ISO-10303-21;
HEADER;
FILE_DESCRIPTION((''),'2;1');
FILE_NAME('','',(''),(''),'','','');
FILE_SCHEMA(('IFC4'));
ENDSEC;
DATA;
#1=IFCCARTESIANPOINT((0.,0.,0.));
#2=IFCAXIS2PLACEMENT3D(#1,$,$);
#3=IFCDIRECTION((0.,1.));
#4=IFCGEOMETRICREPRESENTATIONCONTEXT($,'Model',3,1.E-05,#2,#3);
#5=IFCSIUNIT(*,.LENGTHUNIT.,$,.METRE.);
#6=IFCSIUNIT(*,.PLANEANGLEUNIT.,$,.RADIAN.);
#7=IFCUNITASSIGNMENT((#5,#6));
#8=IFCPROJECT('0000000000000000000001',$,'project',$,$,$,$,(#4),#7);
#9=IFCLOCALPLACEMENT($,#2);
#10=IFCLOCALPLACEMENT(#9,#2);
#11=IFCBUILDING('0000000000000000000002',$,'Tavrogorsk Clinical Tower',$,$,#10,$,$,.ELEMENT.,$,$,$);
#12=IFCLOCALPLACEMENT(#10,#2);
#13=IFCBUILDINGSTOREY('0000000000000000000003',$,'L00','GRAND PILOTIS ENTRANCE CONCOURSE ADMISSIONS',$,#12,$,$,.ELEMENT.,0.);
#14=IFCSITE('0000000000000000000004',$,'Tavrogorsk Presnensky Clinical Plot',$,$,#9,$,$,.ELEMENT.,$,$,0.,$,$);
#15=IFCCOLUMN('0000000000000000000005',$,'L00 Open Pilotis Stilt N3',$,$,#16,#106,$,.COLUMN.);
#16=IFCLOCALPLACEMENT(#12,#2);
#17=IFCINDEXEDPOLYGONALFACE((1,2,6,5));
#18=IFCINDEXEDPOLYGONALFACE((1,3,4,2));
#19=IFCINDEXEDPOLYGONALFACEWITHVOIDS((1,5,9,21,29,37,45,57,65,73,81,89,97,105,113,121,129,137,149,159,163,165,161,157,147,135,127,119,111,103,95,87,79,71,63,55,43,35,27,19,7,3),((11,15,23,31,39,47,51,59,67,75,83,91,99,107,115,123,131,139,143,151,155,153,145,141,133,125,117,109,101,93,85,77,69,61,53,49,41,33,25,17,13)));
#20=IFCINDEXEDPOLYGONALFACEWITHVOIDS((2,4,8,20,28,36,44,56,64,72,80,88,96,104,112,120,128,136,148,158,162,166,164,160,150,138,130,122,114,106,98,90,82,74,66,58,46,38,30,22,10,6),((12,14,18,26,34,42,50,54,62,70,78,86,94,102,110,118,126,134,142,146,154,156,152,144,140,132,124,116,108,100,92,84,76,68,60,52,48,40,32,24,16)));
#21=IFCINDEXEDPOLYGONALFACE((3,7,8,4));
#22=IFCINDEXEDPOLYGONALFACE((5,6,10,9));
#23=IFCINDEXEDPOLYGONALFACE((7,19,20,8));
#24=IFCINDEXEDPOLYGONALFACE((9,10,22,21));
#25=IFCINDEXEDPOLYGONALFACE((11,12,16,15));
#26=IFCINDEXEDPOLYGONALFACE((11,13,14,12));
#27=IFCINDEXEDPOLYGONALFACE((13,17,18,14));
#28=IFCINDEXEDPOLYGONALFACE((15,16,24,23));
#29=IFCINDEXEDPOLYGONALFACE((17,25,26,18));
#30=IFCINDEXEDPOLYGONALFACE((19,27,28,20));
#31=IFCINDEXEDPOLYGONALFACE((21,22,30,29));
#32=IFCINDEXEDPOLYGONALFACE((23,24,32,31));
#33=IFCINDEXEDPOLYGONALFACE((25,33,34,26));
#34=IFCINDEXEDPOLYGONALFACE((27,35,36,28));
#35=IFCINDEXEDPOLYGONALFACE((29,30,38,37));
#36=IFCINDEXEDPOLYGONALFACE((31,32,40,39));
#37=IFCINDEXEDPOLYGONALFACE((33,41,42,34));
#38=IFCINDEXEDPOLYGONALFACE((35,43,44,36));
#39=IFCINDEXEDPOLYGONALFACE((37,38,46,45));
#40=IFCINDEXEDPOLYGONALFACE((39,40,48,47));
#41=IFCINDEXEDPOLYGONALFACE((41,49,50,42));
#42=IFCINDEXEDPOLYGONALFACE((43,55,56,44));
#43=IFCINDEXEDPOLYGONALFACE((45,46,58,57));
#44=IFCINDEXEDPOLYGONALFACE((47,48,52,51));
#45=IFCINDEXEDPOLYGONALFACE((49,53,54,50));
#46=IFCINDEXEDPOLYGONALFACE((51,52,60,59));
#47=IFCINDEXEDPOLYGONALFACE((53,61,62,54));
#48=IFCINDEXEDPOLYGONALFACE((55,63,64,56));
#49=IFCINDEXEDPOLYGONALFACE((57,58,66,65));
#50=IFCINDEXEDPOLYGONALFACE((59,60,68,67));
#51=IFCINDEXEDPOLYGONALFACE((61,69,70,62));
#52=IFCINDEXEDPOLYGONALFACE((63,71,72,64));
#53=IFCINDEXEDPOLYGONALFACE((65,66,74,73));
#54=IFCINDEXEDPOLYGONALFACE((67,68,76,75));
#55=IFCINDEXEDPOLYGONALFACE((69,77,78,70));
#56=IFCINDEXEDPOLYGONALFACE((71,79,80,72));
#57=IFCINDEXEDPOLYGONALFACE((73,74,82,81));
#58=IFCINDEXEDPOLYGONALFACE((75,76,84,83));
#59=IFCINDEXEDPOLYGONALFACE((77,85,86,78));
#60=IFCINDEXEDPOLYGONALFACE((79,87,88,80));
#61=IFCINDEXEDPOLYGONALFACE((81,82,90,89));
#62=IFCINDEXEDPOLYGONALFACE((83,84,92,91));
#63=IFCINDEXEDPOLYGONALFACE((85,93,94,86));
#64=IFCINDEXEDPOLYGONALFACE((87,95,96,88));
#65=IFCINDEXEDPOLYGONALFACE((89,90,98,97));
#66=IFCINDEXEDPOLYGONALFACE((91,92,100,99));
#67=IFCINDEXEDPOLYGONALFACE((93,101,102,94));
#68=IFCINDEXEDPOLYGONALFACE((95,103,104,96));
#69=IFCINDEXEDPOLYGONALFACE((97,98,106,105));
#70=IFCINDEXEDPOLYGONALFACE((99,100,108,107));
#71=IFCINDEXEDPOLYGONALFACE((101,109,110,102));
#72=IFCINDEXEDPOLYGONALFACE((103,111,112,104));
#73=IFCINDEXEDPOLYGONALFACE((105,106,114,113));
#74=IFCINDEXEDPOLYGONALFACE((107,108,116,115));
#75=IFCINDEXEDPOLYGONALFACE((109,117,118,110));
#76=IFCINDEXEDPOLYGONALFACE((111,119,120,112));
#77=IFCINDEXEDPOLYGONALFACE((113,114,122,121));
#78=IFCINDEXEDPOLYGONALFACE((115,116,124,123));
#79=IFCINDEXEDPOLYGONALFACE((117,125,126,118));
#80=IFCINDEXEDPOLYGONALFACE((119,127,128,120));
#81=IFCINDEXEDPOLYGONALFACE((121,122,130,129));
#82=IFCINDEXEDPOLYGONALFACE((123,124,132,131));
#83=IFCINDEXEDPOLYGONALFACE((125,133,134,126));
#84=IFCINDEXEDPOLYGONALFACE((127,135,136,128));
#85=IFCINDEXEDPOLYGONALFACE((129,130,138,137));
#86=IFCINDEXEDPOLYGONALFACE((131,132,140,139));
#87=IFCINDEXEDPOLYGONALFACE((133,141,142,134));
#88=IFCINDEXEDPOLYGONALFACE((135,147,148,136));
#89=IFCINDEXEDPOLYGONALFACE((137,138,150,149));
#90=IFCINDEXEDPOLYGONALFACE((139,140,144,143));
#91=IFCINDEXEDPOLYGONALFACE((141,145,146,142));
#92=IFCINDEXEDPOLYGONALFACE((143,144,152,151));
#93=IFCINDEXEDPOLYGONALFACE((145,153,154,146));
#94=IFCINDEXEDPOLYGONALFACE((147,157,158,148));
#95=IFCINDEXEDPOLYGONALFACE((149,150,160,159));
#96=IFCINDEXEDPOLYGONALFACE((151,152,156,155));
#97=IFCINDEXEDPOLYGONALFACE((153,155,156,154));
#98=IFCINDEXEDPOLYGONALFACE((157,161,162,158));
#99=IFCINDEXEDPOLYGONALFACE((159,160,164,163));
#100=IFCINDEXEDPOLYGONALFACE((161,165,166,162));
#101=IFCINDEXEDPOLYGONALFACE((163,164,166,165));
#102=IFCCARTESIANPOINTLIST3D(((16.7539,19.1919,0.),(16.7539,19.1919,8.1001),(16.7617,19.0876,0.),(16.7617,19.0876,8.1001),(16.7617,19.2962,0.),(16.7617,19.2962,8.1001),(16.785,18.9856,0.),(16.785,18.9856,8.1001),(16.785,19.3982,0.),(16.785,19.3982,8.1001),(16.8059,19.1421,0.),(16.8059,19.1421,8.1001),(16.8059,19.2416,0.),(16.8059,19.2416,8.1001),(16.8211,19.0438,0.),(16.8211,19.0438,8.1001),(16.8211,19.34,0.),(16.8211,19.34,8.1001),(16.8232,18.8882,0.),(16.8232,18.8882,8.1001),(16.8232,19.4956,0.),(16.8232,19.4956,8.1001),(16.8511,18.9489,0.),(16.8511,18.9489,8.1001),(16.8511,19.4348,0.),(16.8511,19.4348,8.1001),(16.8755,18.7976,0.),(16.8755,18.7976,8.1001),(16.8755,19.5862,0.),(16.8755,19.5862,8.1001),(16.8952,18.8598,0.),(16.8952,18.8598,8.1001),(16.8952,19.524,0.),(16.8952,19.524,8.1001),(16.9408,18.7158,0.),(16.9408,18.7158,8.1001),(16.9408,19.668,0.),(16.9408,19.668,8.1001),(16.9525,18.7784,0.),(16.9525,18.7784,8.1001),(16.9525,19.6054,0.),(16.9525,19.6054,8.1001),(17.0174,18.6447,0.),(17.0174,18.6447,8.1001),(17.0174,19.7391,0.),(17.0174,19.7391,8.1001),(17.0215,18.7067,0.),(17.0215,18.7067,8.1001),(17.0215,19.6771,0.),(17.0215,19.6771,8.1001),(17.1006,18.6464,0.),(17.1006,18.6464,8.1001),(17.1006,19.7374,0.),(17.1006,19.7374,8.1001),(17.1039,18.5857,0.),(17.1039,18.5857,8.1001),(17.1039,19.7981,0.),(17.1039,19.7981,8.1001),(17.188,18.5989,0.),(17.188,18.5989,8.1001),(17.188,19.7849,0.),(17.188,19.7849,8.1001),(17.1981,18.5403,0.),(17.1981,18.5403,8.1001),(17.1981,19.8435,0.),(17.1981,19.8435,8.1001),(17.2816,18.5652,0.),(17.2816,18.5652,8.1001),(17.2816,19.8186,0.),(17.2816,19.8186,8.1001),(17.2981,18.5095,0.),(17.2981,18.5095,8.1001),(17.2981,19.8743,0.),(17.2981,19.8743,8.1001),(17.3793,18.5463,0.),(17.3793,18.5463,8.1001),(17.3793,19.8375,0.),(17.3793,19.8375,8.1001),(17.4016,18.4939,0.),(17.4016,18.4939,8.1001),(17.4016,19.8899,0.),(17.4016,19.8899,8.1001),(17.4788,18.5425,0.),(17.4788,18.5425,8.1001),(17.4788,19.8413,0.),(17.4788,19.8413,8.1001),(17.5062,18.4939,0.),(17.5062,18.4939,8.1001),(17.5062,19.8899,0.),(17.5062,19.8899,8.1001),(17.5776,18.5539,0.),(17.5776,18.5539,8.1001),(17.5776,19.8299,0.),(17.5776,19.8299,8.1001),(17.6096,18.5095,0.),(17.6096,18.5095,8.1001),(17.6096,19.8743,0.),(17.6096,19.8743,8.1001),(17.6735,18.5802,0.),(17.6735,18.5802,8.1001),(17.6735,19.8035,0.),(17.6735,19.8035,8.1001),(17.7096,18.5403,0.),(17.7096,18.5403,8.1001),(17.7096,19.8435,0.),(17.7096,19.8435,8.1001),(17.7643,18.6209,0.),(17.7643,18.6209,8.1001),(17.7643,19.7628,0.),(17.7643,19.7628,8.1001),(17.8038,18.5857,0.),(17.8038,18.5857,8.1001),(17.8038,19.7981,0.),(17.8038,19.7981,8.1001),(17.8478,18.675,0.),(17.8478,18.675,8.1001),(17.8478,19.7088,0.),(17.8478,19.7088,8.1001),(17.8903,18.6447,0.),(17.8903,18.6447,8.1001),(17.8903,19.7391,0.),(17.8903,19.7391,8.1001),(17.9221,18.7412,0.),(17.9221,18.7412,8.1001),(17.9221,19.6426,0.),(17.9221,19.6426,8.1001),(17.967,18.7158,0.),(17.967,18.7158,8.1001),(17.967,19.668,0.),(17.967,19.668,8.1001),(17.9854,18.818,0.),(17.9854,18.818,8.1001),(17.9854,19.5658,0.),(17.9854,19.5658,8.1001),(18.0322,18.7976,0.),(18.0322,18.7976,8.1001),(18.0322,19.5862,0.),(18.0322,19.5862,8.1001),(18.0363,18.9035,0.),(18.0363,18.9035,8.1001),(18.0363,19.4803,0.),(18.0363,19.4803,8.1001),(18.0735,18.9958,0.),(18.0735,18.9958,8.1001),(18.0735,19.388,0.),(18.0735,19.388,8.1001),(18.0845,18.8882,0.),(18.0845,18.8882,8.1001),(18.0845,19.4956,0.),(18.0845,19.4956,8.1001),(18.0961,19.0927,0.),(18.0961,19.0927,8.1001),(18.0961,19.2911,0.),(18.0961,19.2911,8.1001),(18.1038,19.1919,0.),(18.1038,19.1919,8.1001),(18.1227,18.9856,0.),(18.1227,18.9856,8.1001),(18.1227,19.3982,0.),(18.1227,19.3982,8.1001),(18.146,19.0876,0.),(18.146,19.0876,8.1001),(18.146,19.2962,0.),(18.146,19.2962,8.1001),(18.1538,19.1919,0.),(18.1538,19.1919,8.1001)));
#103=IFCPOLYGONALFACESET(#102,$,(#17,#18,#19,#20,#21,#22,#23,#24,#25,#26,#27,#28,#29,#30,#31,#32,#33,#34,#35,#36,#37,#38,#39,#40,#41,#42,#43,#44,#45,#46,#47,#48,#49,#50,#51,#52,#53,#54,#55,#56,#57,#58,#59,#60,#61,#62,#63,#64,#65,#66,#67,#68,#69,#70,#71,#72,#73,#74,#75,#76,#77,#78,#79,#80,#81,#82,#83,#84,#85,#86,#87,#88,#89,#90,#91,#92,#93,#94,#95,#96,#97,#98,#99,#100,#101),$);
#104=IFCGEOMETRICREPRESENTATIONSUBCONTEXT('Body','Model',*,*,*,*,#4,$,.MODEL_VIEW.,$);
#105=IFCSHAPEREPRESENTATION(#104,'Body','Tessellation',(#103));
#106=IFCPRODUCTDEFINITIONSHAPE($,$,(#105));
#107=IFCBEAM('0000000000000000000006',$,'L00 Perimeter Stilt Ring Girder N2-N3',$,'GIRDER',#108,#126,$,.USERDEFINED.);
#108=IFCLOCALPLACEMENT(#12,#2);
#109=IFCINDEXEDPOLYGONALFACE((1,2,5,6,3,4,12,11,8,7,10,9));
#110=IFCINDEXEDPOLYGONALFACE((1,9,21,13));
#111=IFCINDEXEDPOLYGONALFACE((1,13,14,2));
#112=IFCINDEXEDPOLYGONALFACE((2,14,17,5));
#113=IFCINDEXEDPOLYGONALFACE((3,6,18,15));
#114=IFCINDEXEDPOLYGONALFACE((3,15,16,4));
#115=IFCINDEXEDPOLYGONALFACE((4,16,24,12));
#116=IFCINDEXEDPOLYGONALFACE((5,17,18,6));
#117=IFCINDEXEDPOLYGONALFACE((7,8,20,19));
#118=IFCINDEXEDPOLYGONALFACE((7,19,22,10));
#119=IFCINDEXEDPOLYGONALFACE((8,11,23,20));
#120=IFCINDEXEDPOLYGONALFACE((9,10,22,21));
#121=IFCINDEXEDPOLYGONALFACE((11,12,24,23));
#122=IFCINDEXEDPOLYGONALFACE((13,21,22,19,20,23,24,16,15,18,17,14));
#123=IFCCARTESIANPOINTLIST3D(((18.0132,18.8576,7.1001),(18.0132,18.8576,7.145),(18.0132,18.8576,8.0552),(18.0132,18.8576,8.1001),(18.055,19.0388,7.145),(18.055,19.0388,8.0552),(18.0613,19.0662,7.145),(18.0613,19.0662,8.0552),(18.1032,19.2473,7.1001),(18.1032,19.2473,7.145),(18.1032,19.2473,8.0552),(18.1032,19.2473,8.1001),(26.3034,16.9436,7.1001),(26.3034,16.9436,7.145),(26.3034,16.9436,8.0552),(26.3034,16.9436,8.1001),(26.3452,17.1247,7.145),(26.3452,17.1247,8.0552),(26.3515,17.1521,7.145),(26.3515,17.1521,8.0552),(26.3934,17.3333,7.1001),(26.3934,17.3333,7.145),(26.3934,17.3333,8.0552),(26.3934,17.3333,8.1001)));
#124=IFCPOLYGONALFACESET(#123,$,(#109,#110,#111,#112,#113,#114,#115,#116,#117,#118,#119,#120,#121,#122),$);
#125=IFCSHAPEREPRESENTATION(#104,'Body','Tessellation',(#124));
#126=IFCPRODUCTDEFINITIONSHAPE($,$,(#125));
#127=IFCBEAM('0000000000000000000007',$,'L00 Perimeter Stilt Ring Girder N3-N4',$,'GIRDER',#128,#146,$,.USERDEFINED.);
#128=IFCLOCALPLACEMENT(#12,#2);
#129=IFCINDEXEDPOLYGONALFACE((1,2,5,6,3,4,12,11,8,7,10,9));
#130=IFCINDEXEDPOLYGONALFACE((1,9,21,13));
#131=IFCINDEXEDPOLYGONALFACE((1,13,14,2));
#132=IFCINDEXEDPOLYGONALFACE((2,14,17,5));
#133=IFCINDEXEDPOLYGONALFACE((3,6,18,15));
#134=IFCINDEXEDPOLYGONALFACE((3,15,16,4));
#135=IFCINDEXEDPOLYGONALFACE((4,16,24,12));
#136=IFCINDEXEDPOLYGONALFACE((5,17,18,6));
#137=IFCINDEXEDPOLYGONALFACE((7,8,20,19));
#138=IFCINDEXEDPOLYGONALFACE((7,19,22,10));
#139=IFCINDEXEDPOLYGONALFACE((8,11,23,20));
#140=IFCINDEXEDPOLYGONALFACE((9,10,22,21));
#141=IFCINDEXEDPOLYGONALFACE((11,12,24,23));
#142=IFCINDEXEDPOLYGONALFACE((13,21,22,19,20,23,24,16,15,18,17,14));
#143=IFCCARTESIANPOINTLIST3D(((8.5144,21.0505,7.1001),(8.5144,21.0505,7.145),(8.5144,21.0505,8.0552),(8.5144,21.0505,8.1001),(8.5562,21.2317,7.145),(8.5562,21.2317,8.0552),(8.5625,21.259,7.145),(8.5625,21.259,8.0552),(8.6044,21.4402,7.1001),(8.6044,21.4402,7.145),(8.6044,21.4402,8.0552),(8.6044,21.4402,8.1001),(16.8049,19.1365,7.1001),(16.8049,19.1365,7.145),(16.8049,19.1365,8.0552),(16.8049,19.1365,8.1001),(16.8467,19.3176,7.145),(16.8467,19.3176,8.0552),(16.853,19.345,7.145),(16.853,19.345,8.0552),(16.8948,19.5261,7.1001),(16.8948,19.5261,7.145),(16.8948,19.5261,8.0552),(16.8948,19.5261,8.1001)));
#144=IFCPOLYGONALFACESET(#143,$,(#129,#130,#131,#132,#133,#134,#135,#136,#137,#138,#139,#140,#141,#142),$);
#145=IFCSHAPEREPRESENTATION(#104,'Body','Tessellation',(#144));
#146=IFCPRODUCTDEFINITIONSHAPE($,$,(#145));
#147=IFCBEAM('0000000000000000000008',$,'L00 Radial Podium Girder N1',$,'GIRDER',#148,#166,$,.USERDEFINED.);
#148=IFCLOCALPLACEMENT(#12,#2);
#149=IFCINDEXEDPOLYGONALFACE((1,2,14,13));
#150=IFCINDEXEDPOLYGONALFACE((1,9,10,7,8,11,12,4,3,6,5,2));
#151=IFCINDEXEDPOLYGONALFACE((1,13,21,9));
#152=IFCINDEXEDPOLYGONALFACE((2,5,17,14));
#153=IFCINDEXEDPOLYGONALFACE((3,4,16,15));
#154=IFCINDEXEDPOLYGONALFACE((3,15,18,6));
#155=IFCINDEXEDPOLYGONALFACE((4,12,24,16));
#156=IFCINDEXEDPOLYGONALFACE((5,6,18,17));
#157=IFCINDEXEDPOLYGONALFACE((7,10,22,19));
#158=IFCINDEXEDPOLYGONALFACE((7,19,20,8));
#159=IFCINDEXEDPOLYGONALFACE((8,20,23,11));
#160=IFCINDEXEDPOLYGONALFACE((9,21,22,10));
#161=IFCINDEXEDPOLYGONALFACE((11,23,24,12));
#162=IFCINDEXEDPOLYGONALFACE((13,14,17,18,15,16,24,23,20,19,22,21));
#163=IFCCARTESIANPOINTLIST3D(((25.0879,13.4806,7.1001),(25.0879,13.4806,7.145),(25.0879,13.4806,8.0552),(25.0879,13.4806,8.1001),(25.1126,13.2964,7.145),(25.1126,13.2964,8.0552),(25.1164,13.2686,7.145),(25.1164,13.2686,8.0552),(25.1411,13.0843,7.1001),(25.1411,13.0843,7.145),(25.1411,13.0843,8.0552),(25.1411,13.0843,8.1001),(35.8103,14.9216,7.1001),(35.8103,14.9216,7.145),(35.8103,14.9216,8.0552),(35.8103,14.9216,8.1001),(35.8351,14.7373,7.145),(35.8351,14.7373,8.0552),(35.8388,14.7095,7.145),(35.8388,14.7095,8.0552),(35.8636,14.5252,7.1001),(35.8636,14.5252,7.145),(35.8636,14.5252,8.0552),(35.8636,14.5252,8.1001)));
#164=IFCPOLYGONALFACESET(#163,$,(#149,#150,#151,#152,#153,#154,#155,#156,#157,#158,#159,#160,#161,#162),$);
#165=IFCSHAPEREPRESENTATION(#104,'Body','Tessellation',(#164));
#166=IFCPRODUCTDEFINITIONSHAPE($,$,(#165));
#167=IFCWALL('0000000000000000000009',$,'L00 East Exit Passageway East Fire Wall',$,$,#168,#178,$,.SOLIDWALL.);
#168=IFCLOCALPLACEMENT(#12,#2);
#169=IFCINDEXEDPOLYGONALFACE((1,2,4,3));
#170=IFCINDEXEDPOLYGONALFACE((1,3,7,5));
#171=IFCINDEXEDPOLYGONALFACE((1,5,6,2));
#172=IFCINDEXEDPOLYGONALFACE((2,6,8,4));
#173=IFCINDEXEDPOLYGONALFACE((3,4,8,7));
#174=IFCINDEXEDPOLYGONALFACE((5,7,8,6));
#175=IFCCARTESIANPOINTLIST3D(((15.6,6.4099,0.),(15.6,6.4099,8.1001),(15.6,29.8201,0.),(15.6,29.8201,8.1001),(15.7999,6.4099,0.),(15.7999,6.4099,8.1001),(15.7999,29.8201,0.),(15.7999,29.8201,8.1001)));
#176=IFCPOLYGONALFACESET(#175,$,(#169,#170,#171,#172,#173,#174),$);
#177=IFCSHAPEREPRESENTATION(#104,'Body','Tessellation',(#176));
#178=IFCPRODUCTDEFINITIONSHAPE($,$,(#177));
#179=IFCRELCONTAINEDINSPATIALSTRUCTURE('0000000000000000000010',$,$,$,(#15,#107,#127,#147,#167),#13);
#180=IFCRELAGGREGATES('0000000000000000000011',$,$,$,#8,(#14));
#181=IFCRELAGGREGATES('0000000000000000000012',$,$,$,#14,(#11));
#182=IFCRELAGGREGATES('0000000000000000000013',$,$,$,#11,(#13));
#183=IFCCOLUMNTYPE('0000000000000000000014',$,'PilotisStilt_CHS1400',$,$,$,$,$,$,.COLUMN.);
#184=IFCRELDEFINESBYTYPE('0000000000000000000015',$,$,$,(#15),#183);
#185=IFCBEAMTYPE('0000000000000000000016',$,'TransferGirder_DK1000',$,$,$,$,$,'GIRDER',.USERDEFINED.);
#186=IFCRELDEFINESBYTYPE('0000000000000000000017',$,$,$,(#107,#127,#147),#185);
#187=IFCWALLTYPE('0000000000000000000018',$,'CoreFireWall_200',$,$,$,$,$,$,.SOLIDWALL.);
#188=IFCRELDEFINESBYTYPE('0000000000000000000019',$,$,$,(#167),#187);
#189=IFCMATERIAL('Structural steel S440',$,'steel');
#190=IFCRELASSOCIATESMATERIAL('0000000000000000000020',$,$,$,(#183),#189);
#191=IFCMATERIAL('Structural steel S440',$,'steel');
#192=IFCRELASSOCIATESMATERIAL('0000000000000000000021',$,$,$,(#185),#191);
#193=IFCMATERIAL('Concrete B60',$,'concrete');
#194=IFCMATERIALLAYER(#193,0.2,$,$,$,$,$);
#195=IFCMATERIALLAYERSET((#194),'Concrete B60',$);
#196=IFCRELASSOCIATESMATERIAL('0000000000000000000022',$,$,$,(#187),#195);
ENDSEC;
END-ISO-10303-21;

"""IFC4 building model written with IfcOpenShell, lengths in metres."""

from ifc_helpers import new_model, si_unit, direction, frame, frame_2d, origin, origin_2d, place, context, subcontext, project, spatial, rectangle, hollow_circle, i_section, extrude, material, layer, layer_set, material_profile, profile_set, type_object, element, save


model = new_model("IFC4")

# Units and contexts
model_context = context("Model", 3, precision=1e-05, world=origin(), true_north=direction((0.0, 1.0)))
body_context = subcontext(model_context, "Body", "Model", "MODEL_VIEW")
ifc_project = project(units=[si_unit("LENGTHUNIT", "METRE"), si_unit("PLANEANGLEUNIT", "RADIAN")], contexts=[model_context])

# Site, building, storey
site_placement = place(None, origin())
site = spatial("IfcSite", under=ifc_project, at=site_placement, Name="Tavrogorsk Presnensky Clinical Plot", CompositionType="ELEMENT", RefElevation=0.0)
building_placement = place(site_placement, origin())
building = spatial("IfcBuilding", under=site, at=building_placement, Name="Tavrogorsk Clinical Tower", CompositionType="ELEMENT")
storey_placement = place(building_placement, origin())
storey = spatial("IfcBuildingStorey", under=building, at=storey_placement, Name="L00", Description="GRAND PILOTIS ENTRANCE CONCOURSE ADMISSIONS", CompositionType="ELEMENT", Elevation=0.0)

# Column
ifc_material_1 = material(Name="Structural steel S440", Category="steel")
ifc_material_profile_1 = material_profile(ifc_material_1, hollow_circle(Radius=0.7, WallThickness=0.05, at=origin_2d()), Name="CHS-1400x50")
ifc_profile_set_1 = profile_set([ifc_material_profile_1], Name="Structural steel S440")
column_type = type_object("IfcColumnType", Name="PilotisStilt_CHS1400", PredefinedType="COLUMN", material=ifc_profile_set_1)
for number, where, z_axis, x_axis, name in (
    (1, (17.4539, 19.1919, 0.0), (0.0, 0.0, 1.0), (1.0, 0.0, 0.0), "L00 Open Pilotis Stilt N3"),
):
    element("IfcColumn", number, at=place(storey_placement, frame(where, z_axis=z_axis, x_axis=x_axis)), inside=storey, type_object=column_type, Name=name, PredefinedType="COLUMN", context=body_context, shape_type="SweptSolid", body=[
        extrude(hollow_circle(Radius=0.7, WallThickness=0.05, at=origin_2d()), origin(), (0.0, 0.0, 1.0), 8.1001),
    ])

# Beams
ifc_material_2 = material(Name="Structural steel S440", Category="steel")
ifc_material_profile_2 = material_profile(ifc_material_2, i_section(OverallWidth=0.3999, OverallDepth=1.0, WebThickness=0.0281, FlangeThickness=0.0449, at=origin_2d()), Name="DK-1000x400x28x45")
ifc_profile_set_2 = profile_set([ifc_material_profile_2], Name="Structural steel S440")
beam_type = type_object("IfcBeamType", Name="TransferGirder_DK1000", ElementType="GIRDER", PredefinedType="USERDEFINED", material=ifc_profile_set_2)
beam_1_placement = place(storey_placement, frame((26.3484, 17.1384, 7.6001), z_axis=(-0.974367, 0.224962, 0.0), x_axis=(-0.224962, -0.974367, 0.0)))
element("IfcBeam", 2, at=beam_1_placement, inside=storey, type_object=beam_type, Name="L00 Perimeter Stilt Ring Girder N2-N3", ObjectType="GIRDER", PredefinedType="USERDEFINED", context=body_context, shape_type="SweptSolid", body=[
    extrude(i_section(OverallWidth=0.3999, OverallDepth=1.0, WebThickness=0.0281, FlangeThickness=0.0449, at=origin_2d()), origin(), (0.0, 0.0, 1.0), 8.5083),
])
beam_2_placement = place(storey_placement, frame((16.8499, 19.3313, 7.6001), z_axis=(-0.974369, 0.224956, 0.0), x_axis=(-0.224956, -0.974369, 0.0)))
element("IfcBeam", 3, at=beam_2_placement, inside=storey, type_object=beam_type, Name="L00 Perimeter Stilt Ring Girder N3-N4", ObjectType="GIRDER", PredefinedType="USERDEFINED", context=body_context, shape_type="SweptSolid", body=[
    extrude(i_section(OverallWidth=0.3999, OverallDepth=1.0, WebThickness=0.0281, FlangeThickness=0.0449, at=origin_2d()), origin(), (0.0, 0.0, 1.0), 8.5085),
])
beam_3_placement = place(storey_placement, frame((25.1145, 13.2825, 7.6001), z_axis=(0.991091, 0.133187, 0.0), x_axis=(-0.133187, 0.991091, 0.0)))
element("IfcBeam", 4, at=beam_3_placement, inside=storey, type_object=beam_type, Name="L00 Radial Podium Girder N1", ObjectType="GIRDER", PredefinedType="USERDEFINED", context=body_context, shape_type="SweptSolid", body=[
    extrude(i_section(OverallWidth=0.3999, OverallDepth=1.0, WebThickness=0.0281, FlangeThickness=0.0449, at=origin_2d()), origin(), (0.0, 0.0, 1.0), 10.8188),
])

# Wall
ifc_material_3 = material(Name="Concrete B60", Category="concrete")
ifc_layer_1 = layer(ifc_material_3, 0.2)
ifc_layer_set_1 = layer_set([ifc_layer_1], Name="Concrete B60")
wall_type_1 = type_object("IfcWallType", Name="CoreFireWall_200", PredefinedType="SOLIDWALL", material=ifc_layer_set_1)
wall_1_placement = place(storey_placement, frame((15.7, 6.4099, 0.0), z_axis=(0.0, 0.0, 1.0), x_axis=(0.0, 1.0, 0.0)))
element("IfcWall", 5, at=wall_1_placement, inside=storey, type_object=wall_type_1, Name="L00 East Exit Passageway East Fire Wall", PredefinedType="SOLIDWALL", context=body_context, shape_type="SweptSolid", body=[
    extrude(rectangle(XDim=23.4102, YDim=0.2, at=frame_2d((11.7051, 0.0))), origin(), (0.0, 0.0, 1.0), 8.1001),
])

save(model, "model.ifc")
